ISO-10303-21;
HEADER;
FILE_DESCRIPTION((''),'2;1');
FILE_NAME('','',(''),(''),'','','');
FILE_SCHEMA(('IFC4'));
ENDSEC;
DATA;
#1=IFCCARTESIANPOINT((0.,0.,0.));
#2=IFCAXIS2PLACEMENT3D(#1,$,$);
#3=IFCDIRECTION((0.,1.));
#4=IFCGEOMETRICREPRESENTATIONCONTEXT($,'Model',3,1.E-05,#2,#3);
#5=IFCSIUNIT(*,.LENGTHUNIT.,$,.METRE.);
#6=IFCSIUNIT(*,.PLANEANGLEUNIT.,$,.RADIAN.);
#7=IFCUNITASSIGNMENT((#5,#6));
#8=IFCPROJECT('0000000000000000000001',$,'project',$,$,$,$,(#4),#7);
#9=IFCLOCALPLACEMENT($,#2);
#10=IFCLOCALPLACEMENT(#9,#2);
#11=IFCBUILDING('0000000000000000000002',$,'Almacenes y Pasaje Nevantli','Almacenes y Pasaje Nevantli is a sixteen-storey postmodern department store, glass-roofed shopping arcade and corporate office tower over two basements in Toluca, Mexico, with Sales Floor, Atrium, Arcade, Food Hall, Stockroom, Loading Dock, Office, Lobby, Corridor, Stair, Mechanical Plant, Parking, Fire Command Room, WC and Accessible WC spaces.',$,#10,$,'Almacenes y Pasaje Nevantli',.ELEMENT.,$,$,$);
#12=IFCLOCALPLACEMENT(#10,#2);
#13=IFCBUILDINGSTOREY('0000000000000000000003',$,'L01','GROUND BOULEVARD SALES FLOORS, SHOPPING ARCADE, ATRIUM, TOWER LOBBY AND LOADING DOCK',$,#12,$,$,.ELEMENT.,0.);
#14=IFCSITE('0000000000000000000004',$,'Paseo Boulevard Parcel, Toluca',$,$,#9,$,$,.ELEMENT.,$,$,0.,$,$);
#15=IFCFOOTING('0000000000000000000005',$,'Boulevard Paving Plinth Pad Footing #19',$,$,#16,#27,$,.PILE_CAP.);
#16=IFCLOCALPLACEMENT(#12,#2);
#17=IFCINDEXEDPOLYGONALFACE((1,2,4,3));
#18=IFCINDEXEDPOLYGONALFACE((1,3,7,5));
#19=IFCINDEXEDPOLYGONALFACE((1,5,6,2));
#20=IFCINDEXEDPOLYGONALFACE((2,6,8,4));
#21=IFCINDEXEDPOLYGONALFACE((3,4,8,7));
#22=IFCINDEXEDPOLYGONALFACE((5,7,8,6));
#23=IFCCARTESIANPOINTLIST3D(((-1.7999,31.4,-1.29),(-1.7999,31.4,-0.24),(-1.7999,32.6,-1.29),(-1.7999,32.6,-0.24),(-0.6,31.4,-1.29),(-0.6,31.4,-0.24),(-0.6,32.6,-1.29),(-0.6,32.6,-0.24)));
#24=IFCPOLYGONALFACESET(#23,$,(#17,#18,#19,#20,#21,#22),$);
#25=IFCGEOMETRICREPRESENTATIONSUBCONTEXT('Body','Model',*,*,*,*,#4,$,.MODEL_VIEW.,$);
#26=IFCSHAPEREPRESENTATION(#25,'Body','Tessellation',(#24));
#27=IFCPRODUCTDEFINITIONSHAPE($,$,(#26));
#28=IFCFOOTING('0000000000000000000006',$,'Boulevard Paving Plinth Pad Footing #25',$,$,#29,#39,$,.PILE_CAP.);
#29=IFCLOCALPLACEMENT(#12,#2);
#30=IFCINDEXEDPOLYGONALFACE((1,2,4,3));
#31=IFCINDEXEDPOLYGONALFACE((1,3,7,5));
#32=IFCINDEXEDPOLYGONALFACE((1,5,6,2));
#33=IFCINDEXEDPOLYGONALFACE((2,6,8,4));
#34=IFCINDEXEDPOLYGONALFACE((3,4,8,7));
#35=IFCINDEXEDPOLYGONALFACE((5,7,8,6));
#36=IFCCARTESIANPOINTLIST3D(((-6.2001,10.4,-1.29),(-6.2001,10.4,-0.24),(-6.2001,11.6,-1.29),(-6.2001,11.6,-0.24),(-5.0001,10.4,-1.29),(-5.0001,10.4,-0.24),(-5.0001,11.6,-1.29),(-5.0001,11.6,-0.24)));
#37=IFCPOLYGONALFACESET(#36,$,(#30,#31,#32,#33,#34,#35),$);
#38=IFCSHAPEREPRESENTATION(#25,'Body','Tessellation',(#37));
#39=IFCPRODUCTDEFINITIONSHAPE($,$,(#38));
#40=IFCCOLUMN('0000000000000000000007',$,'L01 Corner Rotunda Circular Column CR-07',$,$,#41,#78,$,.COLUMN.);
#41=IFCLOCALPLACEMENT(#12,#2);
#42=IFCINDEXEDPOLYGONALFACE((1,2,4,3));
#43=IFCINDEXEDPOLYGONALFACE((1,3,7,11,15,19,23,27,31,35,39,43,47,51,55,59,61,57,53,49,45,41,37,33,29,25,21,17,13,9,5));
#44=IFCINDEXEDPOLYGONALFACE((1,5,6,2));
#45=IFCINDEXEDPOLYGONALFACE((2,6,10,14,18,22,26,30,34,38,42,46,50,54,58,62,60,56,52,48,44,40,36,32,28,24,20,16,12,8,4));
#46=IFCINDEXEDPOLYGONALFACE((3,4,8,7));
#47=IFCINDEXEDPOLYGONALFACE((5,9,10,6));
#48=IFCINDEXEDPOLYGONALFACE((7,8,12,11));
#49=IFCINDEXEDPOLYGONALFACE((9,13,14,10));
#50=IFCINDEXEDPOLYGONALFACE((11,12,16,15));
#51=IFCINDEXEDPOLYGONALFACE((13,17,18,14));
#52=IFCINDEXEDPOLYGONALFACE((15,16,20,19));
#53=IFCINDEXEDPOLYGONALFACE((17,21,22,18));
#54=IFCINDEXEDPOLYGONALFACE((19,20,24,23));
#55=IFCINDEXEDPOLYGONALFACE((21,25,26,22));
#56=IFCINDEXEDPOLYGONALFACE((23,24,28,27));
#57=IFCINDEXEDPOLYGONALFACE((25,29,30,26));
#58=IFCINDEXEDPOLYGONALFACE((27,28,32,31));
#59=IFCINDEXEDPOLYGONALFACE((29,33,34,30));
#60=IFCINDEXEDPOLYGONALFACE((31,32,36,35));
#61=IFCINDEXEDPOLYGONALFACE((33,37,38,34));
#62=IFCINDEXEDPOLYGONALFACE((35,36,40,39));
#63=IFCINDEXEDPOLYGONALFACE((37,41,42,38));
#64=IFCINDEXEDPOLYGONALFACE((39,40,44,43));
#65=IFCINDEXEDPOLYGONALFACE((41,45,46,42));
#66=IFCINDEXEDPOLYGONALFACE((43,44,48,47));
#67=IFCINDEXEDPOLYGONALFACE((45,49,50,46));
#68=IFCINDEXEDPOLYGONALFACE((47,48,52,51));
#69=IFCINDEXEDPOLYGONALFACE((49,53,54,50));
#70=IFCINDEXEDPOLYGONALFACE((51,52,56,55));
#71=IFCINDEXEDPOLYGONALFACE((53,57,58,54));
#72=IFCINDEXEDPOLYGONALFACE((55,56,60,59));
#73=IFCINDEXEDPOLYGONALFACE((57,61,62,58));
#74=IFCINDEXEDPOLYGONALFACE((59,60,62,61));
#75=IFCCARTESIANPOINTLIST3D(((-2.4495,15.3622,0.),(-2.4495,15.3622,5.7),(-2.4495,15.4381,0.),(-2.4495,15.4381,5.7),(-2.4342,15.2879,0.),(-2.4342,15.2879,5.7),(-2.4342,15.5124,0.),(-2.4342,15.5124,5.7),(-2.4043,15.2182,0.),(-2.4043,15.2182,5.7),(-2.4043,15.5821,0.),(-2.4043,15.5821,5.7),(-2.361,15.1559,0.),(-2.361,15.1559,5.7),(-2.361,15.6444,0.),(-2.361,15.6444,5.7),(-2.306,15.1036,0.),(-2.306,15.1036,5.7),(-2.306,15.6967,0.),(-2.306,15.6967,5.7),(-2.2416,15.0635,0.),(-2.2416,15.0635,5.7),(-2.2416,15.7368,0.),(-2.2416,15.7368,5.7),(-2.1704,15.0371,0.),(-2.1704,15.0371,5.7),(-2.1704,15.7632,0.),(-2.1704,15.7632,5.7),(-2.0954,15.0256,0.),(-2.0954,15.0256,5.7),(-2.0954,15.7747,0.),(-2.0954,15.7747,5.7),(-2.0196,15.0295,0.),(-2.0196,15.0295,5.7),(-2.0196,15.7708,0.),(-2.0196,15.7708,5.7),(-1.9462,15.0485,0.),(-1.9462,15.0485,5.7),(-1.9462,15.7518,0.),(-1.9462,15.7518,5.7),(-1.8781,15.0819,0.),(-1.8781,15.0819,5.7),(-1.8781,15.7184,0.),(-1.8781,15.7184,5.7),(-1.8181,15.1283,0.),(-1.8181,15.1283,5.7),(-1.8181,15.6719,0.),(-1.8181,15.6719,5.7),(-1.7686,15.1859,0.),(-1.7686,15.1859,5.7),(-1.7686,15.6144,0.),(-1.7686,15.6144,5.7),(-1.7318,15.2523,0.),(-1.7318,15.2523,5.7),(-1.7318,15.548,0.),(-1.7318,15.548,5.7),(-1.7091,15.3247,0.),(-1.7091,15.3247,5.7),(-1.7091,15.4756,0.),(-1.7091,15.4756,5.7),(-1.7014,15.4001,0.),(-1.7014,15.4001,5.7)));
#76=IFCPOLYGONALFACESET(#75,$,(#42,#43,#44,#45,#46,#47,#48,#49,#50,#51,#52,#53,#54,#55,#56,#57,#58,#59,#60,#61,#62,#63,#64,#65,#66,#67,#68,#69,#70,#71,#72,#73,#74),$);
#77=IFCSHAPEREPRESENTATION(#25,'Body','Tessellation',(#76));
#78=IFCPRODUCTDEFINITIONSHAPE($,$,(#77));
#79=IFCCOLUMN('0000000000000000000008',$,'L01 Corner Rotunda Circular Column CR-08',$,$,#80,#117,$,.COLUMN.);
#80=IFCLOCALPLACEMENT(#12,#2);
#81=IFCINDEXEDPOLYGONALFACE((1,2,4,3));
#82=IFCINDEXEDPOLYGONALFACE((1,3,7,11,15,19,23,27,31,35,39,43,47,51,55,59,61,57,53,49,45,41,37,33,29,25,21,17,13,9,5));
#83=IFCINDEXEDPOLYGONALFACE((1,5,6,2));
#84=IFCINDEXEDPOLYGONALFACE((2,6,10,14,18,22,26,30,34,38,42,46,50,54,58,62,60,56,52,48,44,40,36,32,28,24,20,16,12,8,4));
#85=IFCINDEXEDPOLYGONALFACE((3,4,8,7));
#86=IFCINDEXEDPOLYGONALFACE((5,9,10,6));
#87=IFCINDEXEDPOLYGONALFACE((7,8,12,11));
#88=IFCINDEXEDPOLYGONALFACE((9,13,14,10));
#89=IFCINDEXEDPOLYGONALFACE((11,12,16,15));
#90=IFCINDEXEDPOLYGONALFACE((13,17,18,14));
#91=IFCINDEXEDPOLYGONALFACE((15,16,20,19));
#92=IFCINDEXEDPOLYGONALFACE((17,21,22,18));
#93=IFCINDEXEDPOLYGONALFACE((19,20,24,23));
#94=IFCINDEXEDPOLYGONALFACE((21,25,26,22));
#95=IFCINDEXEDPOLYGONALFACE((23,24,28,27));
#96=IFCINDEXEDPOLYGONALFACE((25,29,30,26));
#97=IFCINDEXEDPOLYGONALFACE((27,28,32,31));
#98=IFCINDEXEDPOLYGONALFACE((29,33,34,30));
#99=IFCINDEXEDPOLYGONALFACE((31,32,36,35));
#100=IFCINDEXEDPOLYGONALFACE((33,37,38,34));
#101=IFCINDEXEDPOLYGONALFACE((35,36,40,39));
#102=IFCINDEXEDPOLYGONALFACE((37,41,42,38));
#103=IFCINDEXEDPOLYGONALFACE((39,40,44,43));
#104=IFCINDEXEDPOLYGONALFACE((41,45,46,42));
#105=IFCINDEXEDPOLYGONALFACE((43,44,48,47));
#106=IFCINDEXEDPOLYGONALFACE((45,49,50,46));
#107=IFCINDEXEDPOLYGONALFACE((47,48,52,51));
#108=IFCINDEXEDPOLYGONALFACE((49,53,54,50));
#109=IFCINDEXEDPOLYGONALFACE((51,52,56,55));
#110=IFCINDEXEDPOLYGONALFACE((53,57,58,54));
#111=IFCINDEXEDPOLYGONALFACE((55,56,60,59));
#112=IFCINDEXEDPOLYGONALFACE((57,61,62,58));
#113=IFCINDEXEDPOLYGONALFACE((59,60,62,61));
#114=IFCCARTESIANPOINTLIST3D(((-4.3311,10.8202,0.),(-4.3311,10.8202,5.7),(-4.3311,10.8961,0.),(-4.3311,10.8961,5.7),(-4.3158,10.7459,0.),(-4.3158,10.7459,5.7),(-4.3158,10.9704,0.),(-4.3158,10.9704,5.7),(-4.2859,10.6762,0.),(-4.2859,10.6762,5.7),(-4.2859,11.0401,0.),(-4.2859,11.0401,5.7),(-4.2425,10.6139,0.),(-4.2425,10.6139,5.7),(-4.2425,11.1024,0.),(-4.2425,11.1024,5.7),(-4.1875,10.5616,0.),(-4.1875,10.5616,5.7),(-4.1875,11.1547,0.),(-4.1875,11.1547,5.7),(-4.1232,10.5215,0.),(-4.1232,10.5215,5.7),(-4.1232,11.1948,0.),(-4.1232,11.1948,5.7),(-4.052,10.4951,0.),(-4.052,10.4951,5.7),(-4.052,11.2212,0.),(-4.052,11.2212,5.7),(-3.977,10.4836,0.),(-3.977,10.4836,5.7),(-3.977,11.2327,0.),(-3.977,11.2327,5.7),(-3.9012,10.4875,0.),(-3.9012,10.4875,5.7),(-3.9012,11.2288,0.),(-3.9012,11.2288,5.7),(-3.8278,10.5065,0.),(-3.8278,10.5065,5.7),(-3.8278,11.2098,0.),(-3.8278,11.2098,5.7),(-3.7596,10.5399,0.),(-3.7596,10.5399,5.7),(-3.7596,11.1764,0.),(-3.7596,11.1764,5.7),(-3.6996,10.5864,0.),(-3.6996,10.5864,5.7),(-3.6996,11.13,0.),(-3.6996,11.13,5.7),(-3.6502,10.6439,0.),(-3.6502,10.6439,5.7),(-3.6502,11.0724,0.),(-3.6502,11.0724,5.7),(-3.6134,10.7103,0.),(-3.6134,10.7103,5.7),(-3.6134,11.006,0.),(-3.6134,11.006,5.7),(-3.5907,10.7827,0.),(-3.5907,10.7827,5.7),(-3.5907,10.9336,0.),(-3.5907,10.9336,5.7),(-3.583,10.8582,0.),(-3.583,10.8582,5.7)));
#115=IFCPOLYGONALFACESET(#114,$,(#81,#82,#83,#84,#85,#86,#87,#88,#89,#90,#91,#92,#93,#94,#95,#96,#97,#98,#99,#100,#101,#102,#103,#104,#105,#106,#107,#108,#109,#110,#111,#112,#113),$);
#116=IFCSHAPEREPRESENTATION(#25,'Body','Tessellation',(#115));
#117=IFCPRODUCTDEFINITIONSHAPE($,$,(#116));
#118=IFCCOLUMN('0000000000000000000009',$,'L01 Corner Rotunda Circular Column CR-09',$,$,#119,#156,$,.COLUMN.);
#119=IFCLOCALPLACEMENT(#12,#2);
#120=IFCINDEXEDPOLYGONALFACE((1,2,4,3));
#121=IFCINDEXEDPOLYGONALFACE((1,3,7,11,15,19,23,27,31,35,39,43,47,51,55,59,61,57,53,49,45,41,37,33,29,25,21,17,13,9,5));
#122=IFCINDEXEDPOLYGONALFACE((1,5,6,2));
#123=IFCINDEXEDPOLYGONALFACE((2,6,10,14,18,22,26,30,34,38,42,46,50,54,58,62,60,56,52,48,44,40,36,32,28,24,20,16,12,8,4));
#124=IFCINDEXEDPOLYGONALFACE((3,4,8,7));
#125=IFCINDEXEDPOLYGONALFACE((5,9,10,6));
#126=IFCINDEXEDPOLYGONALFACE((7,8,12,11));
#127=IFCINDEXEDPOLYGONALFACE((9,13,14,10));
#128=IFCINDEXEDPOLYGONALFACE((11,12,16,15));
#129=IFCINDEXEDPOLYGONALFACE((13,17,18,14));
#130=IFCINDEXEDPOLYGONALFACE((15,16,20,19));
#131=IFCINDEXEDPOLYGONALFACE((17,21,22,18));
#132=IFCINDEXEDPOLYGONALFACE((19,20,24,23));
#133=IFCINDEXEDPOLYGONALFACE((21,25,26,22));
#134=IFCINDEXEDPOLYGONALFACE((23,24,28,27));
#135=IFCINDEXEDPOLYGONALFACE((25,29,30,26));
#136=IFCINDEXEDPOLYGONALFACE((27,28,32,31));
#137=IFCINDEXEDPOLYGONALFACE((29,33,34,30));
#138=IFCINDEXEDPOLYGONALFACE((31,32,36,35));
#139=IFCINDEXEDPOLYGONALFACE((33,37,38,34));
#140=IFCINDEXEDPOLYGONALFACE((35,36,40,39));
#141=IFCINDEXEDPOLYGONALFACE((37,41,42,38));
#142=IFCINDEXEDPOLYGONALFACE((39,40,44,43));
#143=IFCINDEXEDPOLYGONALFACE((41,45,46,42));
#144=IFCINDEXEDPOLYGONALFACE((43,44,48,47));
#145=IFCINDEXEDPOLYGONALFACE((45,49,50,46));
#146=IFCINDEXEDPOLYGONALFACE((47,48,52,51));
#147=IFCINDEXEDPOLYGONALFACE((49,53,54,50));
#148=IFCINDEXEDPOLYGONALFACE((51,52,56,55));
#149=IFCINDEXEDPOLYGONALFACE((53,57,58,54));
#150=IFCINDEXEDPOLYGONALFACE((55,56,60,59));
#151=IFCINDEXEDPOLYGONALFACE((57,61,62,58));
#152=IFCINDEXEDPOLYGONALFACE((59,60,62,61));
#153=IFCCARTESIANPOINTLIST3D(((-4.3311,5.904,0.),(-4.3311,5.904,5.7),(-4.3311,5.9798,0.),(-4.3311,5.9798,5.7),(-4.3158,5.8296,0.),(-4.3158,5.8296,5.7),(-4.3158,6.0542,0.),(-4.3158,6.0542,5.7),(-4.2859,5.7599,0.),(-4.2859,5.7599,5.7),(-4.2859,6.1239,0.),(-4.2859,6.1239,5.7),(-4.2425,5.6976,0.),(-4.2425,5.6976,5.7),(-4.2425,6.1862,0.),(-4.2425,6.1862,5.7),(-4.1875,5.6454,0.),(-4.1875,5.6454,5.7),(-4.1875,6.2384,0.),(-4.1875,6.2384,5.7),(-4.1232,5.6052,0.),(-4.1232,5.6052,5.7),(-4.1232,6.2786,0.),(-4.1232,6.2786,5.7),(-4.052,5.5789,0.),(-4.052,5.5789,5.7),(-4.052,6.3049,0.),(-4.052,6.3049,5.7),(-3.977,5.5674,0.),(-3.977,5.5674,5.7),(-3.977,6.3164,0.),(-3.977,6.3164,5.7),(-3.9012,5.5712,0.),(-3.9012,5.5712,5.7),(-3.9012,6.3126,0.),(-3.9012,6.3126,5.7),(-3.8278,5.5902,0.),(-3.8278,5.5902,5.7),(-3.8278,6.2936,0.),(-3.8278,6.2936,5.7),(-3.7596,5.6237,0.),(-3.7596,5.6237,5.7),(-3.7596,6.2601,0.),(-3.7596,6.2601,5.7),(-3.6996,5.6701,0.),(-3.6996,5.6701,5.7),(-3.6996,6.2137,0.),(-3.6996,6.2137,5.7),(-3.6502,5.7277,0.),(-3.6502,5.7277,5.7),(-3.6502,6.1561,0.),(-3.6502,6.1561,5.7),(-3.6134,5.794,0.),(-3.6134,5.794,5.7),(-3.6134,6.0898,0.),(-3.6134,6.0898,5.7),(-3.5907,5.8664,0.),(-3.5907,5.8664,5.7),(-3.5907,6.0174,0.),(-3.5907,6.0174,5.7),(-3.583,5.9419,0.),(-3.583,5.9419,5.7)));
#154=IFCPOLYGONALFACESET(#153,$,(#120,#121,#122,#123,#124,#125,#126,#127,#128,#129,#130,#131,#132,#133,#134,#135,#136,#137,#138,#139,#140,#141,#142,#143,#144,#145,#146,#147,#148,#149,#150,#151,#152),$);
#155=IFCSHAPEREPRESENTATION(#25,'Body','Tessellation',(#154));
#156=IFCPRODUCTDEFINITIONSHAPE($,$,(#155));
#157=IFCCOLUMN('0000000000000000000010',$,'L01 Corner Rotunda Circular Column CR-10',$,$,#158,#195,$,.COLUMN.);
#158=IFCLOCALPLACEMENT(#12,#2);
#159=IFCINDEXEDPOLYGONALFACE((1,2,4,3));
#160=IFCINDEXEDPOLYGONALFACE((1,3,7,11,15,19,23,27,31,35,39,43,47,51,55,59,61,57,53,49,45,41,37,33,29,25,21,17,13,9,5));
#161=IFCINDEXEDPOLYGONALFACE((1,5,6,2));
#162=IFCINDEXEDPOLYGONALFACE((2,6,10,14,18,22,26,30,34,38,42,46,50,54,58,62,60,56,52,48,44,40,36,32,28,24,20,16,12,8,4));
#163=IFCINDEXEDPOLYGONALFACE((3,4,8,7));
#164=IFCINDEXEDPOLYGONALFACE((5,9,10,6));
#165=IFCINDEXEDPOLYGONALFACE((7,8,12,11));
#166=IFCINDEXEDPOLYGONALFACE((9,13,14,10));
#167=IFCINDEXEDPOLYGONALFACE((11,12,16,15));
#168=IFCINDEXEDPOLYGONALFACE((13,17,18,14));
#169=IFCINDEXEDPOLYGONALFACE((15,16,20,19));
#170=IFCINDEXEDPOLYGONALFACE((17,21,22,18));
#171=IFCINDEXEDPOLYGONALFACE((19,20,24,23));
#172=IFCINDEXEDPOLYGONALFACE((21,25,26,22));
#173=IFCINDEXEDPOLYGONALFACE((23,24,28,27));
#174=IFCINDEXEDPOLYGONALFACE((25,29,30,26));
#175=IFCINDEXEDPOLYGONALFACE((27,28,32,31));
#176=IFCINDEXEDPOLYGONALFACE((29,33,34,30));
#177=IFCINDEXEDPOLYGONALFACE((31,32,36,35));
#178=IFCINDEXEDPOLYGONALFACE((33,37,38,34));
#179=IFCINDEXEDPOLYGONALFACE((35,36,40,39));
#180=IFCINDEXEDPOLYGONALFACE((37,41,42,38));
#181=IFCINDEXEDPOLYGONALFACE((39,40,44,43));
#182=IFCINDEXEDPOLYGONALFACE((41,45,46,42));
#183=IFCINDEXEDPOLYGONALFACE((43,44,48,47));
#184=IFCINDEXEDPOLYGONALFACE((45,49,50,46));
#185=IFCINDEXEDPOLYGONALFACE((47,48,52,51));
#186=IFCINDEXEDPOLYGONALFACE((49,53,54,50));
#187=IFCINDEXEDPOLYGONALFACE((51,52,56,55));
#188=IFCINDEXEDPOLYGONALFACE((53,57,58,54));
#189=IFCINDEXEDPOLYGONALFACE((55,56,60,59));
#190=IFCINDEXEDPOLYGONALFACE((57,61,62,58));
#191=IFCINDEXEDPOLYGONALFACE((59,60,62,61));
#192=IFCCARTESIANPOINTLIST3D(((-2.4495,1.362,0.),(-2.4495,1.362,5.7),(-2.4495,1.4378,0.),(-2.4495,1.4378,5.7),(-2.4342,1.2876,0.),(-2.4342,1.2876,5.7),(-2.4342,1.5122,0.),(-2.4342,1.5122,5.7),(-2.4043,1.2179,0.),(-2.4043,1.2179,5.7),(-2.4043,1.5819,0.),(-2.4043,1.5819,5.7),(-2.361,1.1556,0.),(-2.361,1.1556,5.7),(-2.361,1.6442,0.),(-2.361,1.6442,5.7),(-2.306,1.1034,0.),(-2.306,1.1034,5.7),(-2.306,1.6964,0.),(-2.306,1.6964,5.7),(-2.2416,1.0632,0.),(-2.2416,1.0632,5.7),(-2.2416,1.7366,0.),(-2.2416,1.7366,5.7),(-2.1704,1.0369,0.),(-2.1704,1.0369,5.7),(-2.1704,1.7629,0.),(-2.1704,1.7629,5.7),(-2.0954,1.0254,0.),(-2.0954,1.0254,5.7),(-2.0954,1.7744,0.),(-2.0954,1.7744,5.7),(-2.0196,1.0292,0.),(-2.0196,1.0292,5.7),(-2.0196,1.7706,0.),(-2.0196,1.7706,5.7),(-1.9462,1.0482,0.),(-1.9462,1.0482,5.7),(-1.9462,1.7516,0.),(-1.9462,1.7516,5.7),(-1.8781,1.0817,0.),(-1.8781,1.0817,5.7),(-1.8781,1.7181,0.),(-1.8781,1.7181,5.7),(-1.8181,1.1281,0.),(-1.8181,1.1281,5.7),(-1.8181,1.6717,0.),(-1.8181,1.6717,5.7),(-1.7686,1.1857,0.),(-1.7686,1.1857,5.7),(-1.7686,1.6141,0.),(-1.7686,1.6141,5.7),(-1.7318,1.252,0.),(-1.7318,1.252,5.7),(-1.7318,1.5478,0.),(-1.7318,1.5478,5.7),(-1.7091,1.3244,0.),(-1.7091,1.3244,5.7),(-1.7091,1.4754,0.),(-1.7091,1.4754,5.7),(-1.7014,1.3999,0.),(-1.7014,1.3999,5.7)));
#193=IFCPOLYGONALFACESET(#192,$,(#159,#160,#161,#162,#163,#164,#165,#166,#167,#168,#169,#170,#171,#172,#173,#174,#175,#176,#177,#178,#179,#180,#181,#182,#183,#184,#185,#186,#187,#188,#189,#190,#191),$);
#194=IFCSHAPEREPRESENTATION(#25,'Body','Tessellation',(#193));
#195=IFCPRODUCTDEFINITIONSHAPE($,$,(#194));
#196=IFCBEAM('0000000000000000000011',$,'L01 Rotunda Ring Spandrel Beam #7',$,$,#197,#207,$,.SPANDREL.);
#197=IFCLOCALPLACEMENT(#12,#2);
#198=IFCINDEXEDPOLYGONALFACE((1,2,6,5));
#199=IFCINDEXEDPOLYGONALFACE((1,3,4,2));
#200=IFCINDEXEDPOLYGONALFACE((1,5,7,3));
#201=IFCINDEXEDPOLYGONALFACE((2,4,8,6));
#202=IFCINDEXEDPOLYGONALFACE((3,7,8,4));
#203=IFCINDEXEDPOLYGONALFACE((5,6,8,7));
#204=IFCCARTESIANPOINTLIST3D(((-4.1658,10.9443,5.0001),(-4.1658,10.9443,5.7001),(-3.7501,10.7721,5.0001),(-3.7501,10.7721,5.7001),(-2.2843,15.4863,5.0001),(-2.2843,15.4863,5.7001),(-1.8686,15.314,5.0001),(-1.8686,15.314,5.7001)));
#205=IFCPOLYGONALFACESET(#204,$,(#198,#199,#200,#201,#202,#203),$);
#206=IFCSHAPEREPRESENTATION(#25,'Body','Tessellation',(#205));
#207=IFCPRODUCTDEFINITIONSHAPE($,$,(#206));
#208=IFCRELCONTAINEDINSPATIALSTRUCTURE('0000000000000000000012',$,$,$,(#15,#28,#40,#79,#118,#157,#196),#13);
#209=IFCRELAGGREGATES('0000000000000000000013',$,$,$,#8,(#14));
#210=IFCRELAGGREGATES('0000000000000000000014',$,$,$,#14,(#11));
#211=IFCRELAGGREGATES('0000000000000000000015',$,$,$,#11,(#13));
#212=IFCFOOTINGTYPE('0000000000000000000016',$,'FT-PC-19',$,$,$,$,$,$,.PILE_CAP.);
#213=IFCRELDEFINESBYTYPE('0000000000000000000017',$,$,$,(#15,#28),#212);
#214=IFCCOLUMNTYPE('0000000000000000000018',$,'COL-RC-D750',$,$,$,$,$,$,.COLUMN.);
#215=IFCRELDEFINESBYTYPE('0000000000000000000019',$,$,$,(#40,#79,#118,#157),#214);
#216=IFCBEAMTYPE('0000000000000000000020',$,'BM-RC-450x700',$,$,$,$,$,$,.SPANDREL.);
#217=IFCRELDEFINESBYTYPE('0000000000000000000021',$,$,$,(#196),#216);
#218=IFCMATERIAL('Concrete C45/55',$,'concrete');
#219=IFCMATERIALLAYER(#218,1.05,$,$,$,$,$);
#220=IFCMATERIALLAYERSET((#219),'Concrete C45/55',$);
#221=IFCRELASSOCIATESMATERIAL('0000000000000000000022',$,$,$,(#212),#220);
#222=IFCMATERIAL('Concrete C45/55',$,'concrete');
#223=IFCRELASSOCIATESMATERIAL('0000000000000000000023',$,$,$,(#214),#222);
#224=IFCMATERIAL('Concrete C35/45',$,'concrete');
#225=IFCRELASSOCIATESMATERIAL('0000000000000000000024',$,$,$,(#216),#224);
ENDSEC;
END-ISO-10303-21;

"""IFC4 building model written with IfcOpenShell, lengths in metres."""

from ifc_helpers import new_model, si_unit, direction, frame, origin, origin_2d, place, context, subcontext, project, spatial, rectangle, circle, extrude, material, layer, layer_set, material_profile, profile_set, type_object, element, save


model = new_model("IFC4")

# Units and contexts
model_context = context("Model", 3, precision=1e-05, world=origin(), true_north=direction((0.0, 1.0)))
body_context = subcontext(model_context, "Body", "Model", "MODEL_VIEW")
ifc_project = project(units=[si_unit("LENGTHUNIT", "METRE"), si_unit("PLANEANGLEUNIT", "RADIAN")], contexts=[model_context])

# Site, building, storey
site_placement = place(None, origin())
site = spatial("IfcSite", under=ifc_project, at=site_placement, Name="Paseo Boulevard Parcel, Toluca", CompositionType="ELEMENT", RefElevation=0.0)
building_placement = place(site_placement, origin())
building = spatial("IfcBuilding", under=site, at=building_placement, Name="Almacenes y Pasaje Nevantli", Description="Almacenes y Pasaje Nevantli is a sixteen-storey postmodern department store, glass-roofed shopping arcade and corporate office tower over two basements in Toluca, Mexico, with Sales Floor, Atrium, Arcade, Food Hall, Stockroom, Loading Dock, Office, Lobby, Corridor, Stair, Mechanical Plant, Parking, Fire Command Room, WC and Accessible WC spaces.", LongName="Almacenes y Pasaje Nevantli", CompositionType="ELEMENT")
storey_placement = place(building_placement, origin())
storey = spatial("IfcBuildingStorey", under=building, at=storey_placement, Name="L01", Description="GROUND BOULEVARD SALES FLOORS, SHOPPING ARCADE, ATRIUM, TOWER LOBBY AND LOADING DOCK", CompositionType="ELEMENT", Elevation=0.0)

# Footings
ifc_material_1 = material(Name="Concrete C45/55", Category="concrete")
ifc_layer_1 = layer(ifc_material_1, 1.05)
ifc_layer_set_1 = layer_set([ifc_layer_1], Name="Concrete C45/55")
footing_type = type_object("IfcFootingType", Name="FT-PC-19", PredefinedType="PILE_CAP", material=ifc_layer_set_1)
for number, where, z_axis, x_axis, name in (
    (1, (-1.2, 32.0, -1.29), (0.0, 0.0, 1.0), (1.0, 0.0, 0.0), "Boulevard Paving Plinth Pad Footing #19"),
    (2, (-5.6001, 11.0, -1.29), (0.0, 0.0, 1.0), (1.0, 0.0, 0.0), "Boulevard Paving Plinth Pad Footing #25"),
):
    element("IfcFooting", number, at=place(storey_placement, frame(where, z_axis=z_axis, x_axis=x_axis)), inside=storey, type_object=footing_type, Name=name, PredefinedType="PILE_CAP", context=body_context, shape_type="SweptSolid", body=[
        extrude(rectangle(XDim=1.2, YDim=1.2, at=origin_2d()), origin(), (0.0, 0.0, 1.0), 1.05),
    ])

# Columns
ifc_material_2 = material(Name="Concrete C45/55", Category="concrete")
ifc_material_profile_1 = material_profile(ifc_material_2, circle(Radius=0.375, at=origin_2d()), Name="RC-COL-D750")
ifc_profile_set_1 = profile_set([ifc_material_profile_1], Name="Concrete C45/55")
column_type = type_object("IfcColumnType", Name="COL-RC-D750", PredefinedType="COLUMN", material=ifc_profile_set_1)
for number, where, z_axis, x_axis, name in (
    (3, (-2.0764, 15.4001, 0.0), (0.0, 0.0, 1.0), (1.0, 0.0, 0.0), "L01 Corner Rotunda Circular Column CR-07"),
    (4, (-3.958, 10.8582, 0.0), (0.0, 0.0, 1.0), (1.0, 0.0, 0.0), "L01 Corner Rotunda Circular Column CR-08"),
    (5, (-3.958, 5.9419, 0.0), (0.0, 0.0, 1.0), (1.0, 0.0, 0.0), "L01 Corner Rotunda Circular Column CR-09"),
    (6, (-2.0764, 1.3999, 0.0), (0.0, 0.0, 1.0), (1.0, 0.0, 0.0), "L01 Corner Rotunda Circular Column CR-10"),
):
    element("IfcColumn", number, at=place(storey_placement, frame(where, z_axis=z_axis, x_axis=x_axis)), inside=storey, type_object=column_type, Name=name, PredefinedType="COLUMN", context=body_context, shape_type="SweptSolid", body=[
        extrude(circle(Radius=0.375, at=origin_2d()), origin(), (0.0, 0.0, 1.0), 5.7),
    ])

# Beam
ifc_material_3 = material(Name="Concrete C35/45", Category="concrete")
ifc_material_profile_2 = material_profile(ifc_material_3, rectangle(XDim=0.45, YDim=0.7, at=origin_2d()), Name="RC-BM-450x700")
ifc_profile_set_2 = profile_set([ifc_material_profile_2], Name="Concrete C35/45")
beam_type = type_object("IfcBeamType", Name="BM-RC-450x700", PredefinedType="SPANDREL", material=ifc_profile_set_2)
for number, where, z_axis, x_axis, name in (
    (7, (-2.0764, 15.4001, 5.3501), (-0.382725, -0.923862, 0.0), (0.923862, -0.382725, 0.0), "L01 Rotunda Ring Spandrel Beam #7"),
):
    element("IfcBeam", number, at=place(storey_placement, frame(where, z_axis=z_axis, x_axis=x_axis)), inside=storey, type_object=beam_type, Name=name, PredefinedType="SPANDREL", context=body_context, shape_type="SweptSolid", body=[
        extrude(rectangle(XDim=0.45, YDim=0.7, at=origin_2d()), origin(), (0.0, 0.0, 1.0), 4.9163),
    ])

save(model, "model.ifc")
